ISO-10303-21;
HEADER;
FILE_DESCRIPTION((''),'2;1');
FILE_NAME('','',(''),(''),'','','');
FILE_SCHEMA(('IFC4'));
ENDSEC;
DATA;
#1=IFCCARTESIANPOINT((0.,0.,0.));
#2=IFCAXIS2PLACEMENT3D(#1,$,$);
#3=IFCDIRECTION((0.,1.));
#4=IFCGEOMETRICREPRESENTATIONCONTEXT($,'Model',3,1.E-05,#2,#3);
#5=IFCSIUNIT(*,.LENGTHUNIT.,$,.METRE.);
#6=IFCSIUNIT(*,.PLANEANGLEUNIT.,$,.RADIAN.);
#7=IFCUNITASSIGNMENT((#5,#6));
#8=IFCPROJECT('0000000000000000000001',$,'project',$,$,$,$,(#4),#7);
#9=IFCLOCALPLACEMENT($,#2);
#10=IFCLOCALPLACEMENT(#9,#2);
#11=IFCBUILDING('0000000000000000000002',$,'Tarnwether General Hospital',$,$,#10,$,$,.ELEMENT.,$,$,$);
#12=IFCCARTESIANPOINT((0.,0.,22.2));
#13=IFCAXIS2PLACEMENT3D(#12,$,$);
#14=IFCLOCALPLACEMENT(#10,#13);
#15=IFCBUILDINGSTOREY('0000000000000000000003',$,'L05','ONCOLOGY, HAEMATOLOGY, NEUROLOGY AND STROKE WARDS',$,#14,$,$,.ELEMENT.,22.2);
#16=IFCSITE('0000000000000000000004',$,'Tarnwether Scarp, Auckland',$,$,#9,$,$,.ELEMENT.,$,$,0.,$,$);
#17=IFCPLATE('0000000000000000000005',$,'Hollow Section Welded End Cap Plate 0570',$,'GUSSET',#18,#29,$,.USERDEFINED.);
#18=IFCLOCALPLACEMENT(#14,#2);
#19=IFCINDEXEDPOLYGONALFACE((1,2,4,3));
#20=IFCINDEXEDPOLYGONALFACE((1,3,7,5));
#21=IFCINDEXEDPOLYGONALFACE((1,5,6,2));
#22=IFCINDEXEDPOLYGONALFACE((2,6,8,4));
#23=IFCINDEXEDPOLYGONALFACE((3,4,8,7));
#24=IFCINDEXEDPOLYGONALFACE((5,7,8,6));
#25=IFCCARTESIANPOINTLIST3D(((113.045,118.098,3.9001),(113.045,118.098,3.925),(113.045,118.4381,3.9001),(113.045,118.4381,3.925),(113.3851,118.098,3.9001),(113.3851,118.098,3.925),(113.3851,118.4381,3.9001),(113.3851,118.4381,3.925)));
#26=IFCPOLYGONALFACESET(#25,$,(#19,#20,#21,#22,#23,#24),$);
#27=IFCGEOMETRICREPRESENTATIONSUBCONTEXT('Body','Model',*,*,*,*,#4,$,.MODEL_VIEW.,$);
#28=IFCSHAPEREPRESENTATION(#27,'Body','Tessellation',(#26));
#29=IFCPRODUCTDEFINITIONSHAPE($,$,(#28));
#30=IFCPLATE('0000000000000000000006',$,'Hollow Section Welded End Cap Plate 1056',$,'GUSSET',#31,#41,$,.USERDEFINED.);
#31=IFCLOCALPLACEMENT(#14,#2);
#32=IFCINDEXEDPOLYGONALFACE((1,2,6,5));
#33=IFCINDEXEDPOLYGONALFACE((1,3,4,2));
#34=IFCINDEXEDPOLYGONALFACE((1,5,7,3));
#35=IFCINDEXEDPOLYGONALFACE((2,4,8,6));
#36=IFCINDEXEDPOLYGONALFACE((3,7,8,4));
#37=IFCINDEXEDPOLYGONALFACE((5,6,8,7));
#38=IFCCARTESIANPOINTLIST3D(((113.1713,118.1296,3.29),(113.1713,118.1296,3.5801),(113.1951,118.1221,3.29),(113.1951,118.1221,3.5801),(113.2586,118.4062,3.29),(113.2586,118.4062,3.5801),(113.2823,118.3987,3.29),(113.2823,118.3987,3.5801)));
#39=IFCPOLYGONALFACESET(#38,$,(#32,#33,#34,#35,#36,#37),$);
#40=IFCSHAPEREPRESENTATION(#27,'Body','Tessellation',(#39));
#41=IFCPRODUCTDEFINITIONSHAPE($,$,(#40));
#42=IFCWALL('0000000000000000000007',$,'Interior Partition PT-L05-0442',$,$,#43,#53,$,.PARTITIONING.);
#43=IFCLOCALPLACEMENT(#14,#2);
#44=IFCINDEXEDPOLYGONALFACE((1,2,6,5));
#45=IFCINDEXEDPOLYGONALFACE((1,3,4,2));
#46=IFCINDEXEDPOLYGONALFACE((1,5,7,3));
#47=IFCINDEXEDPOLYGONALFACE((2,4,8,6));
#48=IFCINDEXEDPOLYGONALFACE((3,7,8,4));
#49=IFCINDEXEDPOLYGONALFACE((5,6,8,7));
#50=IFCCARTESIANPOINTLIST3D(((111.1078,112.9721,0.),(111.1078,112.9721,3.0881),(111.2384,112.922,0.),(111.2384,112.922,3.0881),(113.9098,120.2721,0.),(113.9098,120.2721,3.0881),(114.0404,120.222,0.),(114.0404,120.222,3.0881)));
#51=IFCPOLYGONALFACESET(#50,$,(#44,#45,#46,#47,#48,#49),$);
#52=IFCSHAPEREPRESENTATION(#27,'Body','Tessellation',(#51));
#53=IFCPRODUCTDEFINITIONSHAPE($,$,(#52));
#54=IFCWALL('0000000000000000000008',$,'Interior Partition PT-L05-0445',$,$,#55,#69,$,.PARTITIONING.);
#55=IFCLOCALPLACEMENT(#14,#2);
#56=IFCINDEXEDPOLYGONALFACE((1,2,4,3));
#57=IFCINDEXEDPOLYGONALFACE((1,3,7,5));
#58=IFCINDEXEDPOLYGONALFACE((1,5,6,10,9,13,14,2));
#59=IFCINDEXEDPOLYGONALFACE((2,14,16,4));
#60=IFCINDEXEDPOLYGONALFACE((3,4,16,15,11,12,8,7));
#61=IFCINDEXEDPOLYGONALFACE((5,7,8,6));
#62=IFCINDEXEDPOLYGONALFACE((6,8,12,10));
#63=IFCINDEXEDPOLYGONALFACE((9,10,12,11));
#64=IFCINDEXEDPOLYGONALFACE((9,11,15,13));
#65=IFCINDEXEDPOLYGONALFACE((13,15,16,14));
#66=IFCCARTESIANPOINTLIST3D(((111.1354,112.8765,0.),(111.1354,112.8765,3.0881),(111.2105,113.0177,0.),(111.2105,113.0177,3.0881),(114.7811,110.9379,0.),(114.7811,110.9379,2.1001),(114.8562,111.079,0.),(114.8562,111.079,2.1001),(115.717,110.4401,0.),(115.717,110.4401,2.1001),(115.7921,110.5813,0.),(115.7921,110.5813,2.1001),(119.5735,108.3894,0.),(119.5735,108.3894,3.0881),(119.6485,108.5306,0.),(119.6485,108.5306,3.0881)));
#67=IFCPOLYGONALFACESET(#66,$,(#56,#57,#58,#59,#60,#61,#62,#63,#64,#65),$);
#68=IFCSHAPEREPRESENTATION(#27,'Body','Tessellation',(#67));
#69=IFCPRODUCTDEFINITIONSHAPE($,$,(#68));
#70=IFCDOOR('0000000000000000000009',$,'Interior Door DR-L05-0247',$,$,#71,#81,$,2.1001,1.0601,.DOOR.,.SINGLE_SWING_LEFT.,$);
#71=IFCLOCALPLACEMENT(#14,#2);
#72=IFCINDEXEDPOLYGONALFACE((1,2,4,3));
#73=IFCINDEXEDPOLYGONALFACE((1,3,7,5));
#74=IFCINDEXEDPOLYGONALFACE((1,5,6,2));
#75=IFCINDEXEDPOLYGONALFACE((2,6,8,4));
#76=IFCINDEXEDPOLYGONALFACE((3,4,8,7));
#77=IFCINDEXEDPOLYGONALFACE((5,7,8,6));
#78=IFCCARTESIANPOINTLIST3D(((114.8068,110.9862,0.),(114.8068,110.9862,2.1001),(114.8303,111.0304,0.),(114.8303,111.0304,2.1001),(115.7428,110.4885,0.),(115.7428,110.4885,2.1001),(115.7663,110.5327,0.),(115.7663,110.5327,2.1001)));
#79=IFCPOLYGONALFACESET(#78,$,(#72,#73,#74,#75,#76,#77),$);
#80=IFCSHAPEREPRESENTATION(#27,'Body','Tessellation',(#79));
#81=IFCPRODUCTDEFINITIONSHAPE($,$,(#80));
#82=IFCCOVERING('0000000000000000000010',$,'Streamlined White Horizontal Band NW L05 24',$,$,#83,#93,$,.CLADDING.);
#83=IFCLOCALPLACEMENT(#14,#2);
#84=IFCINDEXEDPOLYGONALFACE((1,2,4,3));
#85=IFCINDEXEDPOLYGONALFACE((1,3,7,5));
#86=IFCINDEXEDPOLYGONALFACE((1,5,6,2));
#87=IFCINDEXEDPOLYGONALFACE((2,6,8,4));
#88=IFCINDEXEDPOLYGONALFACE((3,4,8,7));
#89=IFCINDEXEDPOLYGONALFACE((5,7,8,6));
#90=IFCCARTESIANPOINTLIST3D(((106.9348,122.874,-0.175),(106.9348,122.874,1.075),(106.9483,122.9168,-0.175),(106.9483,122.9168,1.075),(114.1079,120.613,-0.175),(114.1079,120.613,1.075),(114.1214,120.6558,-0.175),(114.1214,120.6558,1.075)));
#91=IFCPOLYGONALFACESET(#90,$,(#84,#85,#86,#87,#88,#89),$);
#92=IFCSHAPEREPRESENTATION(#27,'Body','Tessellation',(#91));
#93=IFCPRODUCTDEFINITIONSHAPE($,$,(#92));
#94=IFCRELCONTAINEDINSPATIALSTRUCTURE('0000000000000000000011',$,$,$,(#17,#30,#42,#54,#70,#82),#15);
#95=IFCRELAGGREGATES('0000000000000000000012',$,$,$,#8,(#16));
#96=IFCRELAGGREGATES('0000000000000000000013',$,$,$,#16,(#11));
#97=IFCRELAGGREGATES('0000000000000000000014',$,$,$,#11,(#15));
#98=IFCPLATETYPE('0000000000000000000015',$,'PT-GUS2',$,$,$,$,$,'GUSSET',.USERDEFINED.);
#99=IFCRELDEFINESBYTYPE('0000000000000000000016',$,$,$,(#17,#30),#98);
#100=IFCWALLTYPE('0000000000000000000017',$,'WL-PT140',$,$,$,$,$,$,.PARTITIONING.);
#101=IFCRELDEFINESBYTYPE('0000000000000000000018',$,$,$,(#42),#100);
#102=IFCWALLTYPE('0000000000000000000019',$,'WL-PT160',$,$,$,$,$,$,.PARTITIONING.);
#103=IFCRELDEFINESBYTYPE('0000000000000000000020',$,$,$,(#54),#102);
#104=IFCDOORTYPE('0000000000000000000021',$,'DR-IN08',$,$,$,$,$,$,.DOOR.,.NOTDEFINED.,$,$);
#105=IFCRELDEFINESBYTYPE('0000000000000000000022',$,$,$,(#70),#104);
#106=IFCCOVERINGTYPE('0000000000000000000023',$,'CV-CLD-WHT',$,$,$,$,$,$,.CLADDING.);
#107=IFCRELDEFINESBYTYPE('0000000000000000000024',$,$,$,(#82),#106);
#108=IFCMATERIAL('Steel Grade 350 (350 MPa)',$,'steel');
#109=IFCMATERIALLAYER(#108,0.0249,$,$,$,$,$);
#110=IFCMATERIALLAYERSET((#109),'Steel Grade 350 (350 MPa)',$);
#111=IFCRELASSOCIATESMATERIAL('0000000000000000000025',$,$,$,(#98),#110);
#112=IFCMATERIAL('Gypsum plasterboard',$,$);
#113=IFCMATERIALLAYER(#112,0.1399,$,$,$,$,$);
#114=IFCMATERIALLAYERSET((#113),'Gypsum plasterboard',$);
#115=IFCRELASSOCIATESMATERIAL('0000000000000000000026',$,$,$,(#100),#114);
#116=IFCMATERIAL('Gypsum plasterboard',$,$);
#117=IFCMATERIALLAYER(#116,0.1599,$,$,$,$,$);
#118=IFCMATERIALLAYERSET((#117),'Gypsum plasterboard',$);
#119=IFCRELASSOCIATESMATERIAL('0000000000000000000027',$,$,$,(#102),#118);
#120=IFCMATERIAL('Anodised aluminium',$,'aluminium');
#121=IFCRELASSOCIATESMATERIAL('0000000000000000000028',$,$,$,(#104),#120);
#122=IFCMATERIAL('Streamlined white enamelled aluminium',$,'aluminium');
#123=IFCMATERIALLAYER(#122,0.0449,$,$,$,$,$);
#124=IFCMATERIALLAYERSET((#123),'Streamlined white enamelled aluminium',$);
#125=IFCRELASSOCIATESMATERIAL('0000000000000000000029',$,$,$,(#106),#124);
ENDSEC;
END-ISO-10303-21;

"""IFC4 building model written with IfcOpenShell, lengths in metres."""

from ifc_helpers import new_model, si_unit, direction, frame, frame_2d, origin, origin_2d, place, context, subcontext, project, spatial, rectangle, extrude, material, layer, layer_set, type_object, element, fill, save


model = new_model("IFC4")

# Units and contexts
model_context = context("Model", 3, precision=1e-05, world=origin(), true_north=direction((0.0, 1.0)))
body_context = subcontext(model_context, "Body", "Model", "MODEL_VIEW")
ifc_project = project(units=[si_unit("LENGTHUNIT", "METRE"), si_unit("PLANEANGLEUNIT", "RADIAN")], contexts=[model_context])

# Site, building, storey
site_placement = place(None, origin())
site = spatial("IfcSite", under=ifc_project, at=site_placement, Name="Tarnwether Scarp, Auckland", CompositionType="ELEMENT", RefElevation=0.0)
building_placement = place(site_placement, origin())
building = spatial("IfcBuilding", under=site, at=building_placement, Name="Tarnwether General Hospital", CompositionType="ELEMENT")
storey_placement = place(building_placement, frame((0.0, 0.0, 22.2)))
storey = spatial("IfcBuildingStorey", under=building, at=storey_placement, Name="L05", Description="ONCOLOGY, HAEMATOLOGY, NEUROLOGY AND STROKE WARDS", CompositionType="ELEMENT", Elevation=22.2)

# Plates
ifc_material_1 = material(Name="Steel Grade 350 (350 MPa)", Category="steel")
ifc_layer_1 = layer(ifc_material_1, 0.0249)
ifc_layer_set_1 = layer_set([ifc_layer_1], Name="Steel Grade 350 (350 MPa)")
plate_type_1 = type_object("IfcPlateType", Name="PT-GUS2", ElementType="GUSSET", PredefinedType="USERDEFINED", material=ifc_layer_set_1)
for number, where, z_axis, x_axis, name in (
    (1, (113.2151, 118.2681, 3.9001), (0.0, 0.0, 1.0), (1.0, 0.0, 0.0), "Hollow Section Welded End Cap Plate 0570"),
):
    element("IfcPlate", number, at=place(storey_placement, frame(where, z_axis=z_axis, x_axis=x_axis)), inside=storey, type_object=plate_type_1, Name=name, ObjectType="GUSSET", PredefinedType="USERDEFINED", context=body_context, shape_type="SweptSolid", body=[
        extrude(rectangle(XDim=0.3401, YDim=0.3401, at=origin_2d()), origin(), (0.0, 0.0, 1.0), 0.0249),
    ])
plate_1_placement = place(storey_placement, frame((113.2268, 118.2642, 3.29), z_axis=(0.0, 0.0, 1.0), x_axis=(0.953691, -0.300789, 0.0)))
element("IfcPlate", 2, at=plate_1_placement, inside=storey, type_object=plate_type_1, Name="Hollow Section Welded End Cap Plate 1056", ObjectType="GUSSET", PredefinedType="USERDEFINED", context=body_context, shape_type="SweptSolid", body=[
    extrude(rectangle(XDim=0.0249, YDim=0.29, at=origin_2d()), origin(), (0.0, 0.0, 1.0), 0.29),
])

# Wall
ifc_material_2 = material(Name="Gypsum plasterboard")
ifc_layer_2 = layer(ifc_material_2, 0.1399)
ifc_layer_set_2 = layer_set([ifc_layer_2], Name="Gypsum plasterboard")
wall_type_1 = type_object("IfcWallType", Name="WL-PT140", PredefinedType="PARTITIONING", material=ifc_layer_set_2)
wall_1_placement = place(storey_placement, frame((111.1731, 112.947, 0.0), z_axis=(0.0, 0.0, 1.0), x_axis=(0.358343, 0.93359, 0.0)))
element("IfcWall", 3, at=wall_1_placement, inside=storey, type_object=wall_type_1, Name="Interior Partition PT-L05-0442", PredefinedType="PARTITIONING", context=body_context, shape_type="SweptSolid", body=[
    extrude(rectangle(XDim=7.8193, YDim=0.1399, at=frame_2d((3.9097, 0.0))), origin(), (0.0, 0.0, 1.0), 3.0881),
])

# Wall, opening, door
ifc_material_3 = material(Name="Gypsum plasterboard")
ifc_layer_3 = layer(ifc_material_3, 0.1599)
ifc_layer_set_3 = layer_set([ifc_layer_3], Name="Gypsum plasterboard")
wall_type_2 = type_object("IfcWallType", Name="WL-PT160", PredefinedType="PARTITIONING", material=ifc_layer_set_3)
wall_2_placement = place(storey_placement, frame((111.1731, 112.947, 0.0), z_axis=(0.0, 0.0, 1.0), x_axis=(0.882926, -0.469513, 0.0)))
wall_2 = element("IfcWall", 4, at=wall_2_placement, inside=storey, type_object=wall_type_2, Name="Interior Partition PT-L05-0445", PredefinedType="PARTITIONING", context=body_context, shape_type="SweptSolid", body=[
    extrude(rectangle(XDim=9.5569, YDim=0.1599, at=frame_2d((4.7783, 0.0))), origin(), (0.0, 0.0, 1.0), 3.0881),
])
opening_placement = place(wall_2_placement, frame((4.1289, 0.0, 0.0)))
opening = element("IfcOpeningElement", 5, at=opening_placement, cuts=wall_2, PredefinedType="OPENING", context=body_context, shape_type="SweptSolid", body=[
    extrude(rectangle(XDim=1.0601, YDim=2.1001, at=frame_2d((0.53, 1.05))), frame((0.0, 0.0898, 0.0), z_axis=(0.0, -1.0, 0.0), x_axis=(1.0, 0.0, 0.0)), (0.0, 0.0, 1.0), 0.1799),
])
ifc_material_4 = material(Name="Anodised aluminium", Category="aluminium")
door_type = type_object("IfcDoorType", Name="DR-IN08", OperationType="NOTDEFINED", PredefinedType="DOOR", material=ifc_material_4)
door_placement = place(opening_placement, origin())
door = element("IfcDoor", 6, at=door_placement, inside=storey, type_object=door_type, Name="Interior Door DR-L05-0247", OperationType="SINGLE_SWING_LEFT", OverallHeight=2.1001, OverallWidth=1.0601, PredefinedType="DOOR", context=body_context, shape_type="SweptSolid", body=[
    extrude(rectangle(XDim=1.0601, YDim=2.1001, at=frame_2d((0.53, 1.05))), frame((0.0, 0.0249, 0.0), z_axis=(0.0, -1.0, 0.0), x_axis=(1.0, 0.0, 0.0)), (0.0, 0.0, 1.0), 0.05),
])
fill(opening, door)

# Covering
ifc_material_5 = material(Name="Streamlined white enamelled aluminium", Category="aluminium")
ifc_layer_4 = layer(ifc_material_5, 0.0449)
ifc_layer_set_4 = layer_set([ifc_layer_4], Name="Streamlined white enamelled aluminium")
covering_type = type_object("IfcCoveringType", Name="CV-CLD-WHT", PredefinedType="CLADDING", material=ifc_layer_set_4)
covering_placement = place(storey_placement, frame((110.5281, 121.7649, -0.175), z_axis=(0.0, 0.0, 1.0), x_axis=(0.953743, -0.300623, 0.0)))
element("IfcCovering", 7, at=covering_placement, inside=storey, type_object=covering_type, Name="Streamlined White Horizontal Band NW L05 24", PredefinedType="CLADDING", context=body_context, shape_type="SweptSolid", body=[
    extrude(rectangle(XDim=7.521, YDim=0.0449, at=origin_2d()), origin(), (0.0, 0.0, 1.0), 1.25),
])

save(model, "model.ifc")
